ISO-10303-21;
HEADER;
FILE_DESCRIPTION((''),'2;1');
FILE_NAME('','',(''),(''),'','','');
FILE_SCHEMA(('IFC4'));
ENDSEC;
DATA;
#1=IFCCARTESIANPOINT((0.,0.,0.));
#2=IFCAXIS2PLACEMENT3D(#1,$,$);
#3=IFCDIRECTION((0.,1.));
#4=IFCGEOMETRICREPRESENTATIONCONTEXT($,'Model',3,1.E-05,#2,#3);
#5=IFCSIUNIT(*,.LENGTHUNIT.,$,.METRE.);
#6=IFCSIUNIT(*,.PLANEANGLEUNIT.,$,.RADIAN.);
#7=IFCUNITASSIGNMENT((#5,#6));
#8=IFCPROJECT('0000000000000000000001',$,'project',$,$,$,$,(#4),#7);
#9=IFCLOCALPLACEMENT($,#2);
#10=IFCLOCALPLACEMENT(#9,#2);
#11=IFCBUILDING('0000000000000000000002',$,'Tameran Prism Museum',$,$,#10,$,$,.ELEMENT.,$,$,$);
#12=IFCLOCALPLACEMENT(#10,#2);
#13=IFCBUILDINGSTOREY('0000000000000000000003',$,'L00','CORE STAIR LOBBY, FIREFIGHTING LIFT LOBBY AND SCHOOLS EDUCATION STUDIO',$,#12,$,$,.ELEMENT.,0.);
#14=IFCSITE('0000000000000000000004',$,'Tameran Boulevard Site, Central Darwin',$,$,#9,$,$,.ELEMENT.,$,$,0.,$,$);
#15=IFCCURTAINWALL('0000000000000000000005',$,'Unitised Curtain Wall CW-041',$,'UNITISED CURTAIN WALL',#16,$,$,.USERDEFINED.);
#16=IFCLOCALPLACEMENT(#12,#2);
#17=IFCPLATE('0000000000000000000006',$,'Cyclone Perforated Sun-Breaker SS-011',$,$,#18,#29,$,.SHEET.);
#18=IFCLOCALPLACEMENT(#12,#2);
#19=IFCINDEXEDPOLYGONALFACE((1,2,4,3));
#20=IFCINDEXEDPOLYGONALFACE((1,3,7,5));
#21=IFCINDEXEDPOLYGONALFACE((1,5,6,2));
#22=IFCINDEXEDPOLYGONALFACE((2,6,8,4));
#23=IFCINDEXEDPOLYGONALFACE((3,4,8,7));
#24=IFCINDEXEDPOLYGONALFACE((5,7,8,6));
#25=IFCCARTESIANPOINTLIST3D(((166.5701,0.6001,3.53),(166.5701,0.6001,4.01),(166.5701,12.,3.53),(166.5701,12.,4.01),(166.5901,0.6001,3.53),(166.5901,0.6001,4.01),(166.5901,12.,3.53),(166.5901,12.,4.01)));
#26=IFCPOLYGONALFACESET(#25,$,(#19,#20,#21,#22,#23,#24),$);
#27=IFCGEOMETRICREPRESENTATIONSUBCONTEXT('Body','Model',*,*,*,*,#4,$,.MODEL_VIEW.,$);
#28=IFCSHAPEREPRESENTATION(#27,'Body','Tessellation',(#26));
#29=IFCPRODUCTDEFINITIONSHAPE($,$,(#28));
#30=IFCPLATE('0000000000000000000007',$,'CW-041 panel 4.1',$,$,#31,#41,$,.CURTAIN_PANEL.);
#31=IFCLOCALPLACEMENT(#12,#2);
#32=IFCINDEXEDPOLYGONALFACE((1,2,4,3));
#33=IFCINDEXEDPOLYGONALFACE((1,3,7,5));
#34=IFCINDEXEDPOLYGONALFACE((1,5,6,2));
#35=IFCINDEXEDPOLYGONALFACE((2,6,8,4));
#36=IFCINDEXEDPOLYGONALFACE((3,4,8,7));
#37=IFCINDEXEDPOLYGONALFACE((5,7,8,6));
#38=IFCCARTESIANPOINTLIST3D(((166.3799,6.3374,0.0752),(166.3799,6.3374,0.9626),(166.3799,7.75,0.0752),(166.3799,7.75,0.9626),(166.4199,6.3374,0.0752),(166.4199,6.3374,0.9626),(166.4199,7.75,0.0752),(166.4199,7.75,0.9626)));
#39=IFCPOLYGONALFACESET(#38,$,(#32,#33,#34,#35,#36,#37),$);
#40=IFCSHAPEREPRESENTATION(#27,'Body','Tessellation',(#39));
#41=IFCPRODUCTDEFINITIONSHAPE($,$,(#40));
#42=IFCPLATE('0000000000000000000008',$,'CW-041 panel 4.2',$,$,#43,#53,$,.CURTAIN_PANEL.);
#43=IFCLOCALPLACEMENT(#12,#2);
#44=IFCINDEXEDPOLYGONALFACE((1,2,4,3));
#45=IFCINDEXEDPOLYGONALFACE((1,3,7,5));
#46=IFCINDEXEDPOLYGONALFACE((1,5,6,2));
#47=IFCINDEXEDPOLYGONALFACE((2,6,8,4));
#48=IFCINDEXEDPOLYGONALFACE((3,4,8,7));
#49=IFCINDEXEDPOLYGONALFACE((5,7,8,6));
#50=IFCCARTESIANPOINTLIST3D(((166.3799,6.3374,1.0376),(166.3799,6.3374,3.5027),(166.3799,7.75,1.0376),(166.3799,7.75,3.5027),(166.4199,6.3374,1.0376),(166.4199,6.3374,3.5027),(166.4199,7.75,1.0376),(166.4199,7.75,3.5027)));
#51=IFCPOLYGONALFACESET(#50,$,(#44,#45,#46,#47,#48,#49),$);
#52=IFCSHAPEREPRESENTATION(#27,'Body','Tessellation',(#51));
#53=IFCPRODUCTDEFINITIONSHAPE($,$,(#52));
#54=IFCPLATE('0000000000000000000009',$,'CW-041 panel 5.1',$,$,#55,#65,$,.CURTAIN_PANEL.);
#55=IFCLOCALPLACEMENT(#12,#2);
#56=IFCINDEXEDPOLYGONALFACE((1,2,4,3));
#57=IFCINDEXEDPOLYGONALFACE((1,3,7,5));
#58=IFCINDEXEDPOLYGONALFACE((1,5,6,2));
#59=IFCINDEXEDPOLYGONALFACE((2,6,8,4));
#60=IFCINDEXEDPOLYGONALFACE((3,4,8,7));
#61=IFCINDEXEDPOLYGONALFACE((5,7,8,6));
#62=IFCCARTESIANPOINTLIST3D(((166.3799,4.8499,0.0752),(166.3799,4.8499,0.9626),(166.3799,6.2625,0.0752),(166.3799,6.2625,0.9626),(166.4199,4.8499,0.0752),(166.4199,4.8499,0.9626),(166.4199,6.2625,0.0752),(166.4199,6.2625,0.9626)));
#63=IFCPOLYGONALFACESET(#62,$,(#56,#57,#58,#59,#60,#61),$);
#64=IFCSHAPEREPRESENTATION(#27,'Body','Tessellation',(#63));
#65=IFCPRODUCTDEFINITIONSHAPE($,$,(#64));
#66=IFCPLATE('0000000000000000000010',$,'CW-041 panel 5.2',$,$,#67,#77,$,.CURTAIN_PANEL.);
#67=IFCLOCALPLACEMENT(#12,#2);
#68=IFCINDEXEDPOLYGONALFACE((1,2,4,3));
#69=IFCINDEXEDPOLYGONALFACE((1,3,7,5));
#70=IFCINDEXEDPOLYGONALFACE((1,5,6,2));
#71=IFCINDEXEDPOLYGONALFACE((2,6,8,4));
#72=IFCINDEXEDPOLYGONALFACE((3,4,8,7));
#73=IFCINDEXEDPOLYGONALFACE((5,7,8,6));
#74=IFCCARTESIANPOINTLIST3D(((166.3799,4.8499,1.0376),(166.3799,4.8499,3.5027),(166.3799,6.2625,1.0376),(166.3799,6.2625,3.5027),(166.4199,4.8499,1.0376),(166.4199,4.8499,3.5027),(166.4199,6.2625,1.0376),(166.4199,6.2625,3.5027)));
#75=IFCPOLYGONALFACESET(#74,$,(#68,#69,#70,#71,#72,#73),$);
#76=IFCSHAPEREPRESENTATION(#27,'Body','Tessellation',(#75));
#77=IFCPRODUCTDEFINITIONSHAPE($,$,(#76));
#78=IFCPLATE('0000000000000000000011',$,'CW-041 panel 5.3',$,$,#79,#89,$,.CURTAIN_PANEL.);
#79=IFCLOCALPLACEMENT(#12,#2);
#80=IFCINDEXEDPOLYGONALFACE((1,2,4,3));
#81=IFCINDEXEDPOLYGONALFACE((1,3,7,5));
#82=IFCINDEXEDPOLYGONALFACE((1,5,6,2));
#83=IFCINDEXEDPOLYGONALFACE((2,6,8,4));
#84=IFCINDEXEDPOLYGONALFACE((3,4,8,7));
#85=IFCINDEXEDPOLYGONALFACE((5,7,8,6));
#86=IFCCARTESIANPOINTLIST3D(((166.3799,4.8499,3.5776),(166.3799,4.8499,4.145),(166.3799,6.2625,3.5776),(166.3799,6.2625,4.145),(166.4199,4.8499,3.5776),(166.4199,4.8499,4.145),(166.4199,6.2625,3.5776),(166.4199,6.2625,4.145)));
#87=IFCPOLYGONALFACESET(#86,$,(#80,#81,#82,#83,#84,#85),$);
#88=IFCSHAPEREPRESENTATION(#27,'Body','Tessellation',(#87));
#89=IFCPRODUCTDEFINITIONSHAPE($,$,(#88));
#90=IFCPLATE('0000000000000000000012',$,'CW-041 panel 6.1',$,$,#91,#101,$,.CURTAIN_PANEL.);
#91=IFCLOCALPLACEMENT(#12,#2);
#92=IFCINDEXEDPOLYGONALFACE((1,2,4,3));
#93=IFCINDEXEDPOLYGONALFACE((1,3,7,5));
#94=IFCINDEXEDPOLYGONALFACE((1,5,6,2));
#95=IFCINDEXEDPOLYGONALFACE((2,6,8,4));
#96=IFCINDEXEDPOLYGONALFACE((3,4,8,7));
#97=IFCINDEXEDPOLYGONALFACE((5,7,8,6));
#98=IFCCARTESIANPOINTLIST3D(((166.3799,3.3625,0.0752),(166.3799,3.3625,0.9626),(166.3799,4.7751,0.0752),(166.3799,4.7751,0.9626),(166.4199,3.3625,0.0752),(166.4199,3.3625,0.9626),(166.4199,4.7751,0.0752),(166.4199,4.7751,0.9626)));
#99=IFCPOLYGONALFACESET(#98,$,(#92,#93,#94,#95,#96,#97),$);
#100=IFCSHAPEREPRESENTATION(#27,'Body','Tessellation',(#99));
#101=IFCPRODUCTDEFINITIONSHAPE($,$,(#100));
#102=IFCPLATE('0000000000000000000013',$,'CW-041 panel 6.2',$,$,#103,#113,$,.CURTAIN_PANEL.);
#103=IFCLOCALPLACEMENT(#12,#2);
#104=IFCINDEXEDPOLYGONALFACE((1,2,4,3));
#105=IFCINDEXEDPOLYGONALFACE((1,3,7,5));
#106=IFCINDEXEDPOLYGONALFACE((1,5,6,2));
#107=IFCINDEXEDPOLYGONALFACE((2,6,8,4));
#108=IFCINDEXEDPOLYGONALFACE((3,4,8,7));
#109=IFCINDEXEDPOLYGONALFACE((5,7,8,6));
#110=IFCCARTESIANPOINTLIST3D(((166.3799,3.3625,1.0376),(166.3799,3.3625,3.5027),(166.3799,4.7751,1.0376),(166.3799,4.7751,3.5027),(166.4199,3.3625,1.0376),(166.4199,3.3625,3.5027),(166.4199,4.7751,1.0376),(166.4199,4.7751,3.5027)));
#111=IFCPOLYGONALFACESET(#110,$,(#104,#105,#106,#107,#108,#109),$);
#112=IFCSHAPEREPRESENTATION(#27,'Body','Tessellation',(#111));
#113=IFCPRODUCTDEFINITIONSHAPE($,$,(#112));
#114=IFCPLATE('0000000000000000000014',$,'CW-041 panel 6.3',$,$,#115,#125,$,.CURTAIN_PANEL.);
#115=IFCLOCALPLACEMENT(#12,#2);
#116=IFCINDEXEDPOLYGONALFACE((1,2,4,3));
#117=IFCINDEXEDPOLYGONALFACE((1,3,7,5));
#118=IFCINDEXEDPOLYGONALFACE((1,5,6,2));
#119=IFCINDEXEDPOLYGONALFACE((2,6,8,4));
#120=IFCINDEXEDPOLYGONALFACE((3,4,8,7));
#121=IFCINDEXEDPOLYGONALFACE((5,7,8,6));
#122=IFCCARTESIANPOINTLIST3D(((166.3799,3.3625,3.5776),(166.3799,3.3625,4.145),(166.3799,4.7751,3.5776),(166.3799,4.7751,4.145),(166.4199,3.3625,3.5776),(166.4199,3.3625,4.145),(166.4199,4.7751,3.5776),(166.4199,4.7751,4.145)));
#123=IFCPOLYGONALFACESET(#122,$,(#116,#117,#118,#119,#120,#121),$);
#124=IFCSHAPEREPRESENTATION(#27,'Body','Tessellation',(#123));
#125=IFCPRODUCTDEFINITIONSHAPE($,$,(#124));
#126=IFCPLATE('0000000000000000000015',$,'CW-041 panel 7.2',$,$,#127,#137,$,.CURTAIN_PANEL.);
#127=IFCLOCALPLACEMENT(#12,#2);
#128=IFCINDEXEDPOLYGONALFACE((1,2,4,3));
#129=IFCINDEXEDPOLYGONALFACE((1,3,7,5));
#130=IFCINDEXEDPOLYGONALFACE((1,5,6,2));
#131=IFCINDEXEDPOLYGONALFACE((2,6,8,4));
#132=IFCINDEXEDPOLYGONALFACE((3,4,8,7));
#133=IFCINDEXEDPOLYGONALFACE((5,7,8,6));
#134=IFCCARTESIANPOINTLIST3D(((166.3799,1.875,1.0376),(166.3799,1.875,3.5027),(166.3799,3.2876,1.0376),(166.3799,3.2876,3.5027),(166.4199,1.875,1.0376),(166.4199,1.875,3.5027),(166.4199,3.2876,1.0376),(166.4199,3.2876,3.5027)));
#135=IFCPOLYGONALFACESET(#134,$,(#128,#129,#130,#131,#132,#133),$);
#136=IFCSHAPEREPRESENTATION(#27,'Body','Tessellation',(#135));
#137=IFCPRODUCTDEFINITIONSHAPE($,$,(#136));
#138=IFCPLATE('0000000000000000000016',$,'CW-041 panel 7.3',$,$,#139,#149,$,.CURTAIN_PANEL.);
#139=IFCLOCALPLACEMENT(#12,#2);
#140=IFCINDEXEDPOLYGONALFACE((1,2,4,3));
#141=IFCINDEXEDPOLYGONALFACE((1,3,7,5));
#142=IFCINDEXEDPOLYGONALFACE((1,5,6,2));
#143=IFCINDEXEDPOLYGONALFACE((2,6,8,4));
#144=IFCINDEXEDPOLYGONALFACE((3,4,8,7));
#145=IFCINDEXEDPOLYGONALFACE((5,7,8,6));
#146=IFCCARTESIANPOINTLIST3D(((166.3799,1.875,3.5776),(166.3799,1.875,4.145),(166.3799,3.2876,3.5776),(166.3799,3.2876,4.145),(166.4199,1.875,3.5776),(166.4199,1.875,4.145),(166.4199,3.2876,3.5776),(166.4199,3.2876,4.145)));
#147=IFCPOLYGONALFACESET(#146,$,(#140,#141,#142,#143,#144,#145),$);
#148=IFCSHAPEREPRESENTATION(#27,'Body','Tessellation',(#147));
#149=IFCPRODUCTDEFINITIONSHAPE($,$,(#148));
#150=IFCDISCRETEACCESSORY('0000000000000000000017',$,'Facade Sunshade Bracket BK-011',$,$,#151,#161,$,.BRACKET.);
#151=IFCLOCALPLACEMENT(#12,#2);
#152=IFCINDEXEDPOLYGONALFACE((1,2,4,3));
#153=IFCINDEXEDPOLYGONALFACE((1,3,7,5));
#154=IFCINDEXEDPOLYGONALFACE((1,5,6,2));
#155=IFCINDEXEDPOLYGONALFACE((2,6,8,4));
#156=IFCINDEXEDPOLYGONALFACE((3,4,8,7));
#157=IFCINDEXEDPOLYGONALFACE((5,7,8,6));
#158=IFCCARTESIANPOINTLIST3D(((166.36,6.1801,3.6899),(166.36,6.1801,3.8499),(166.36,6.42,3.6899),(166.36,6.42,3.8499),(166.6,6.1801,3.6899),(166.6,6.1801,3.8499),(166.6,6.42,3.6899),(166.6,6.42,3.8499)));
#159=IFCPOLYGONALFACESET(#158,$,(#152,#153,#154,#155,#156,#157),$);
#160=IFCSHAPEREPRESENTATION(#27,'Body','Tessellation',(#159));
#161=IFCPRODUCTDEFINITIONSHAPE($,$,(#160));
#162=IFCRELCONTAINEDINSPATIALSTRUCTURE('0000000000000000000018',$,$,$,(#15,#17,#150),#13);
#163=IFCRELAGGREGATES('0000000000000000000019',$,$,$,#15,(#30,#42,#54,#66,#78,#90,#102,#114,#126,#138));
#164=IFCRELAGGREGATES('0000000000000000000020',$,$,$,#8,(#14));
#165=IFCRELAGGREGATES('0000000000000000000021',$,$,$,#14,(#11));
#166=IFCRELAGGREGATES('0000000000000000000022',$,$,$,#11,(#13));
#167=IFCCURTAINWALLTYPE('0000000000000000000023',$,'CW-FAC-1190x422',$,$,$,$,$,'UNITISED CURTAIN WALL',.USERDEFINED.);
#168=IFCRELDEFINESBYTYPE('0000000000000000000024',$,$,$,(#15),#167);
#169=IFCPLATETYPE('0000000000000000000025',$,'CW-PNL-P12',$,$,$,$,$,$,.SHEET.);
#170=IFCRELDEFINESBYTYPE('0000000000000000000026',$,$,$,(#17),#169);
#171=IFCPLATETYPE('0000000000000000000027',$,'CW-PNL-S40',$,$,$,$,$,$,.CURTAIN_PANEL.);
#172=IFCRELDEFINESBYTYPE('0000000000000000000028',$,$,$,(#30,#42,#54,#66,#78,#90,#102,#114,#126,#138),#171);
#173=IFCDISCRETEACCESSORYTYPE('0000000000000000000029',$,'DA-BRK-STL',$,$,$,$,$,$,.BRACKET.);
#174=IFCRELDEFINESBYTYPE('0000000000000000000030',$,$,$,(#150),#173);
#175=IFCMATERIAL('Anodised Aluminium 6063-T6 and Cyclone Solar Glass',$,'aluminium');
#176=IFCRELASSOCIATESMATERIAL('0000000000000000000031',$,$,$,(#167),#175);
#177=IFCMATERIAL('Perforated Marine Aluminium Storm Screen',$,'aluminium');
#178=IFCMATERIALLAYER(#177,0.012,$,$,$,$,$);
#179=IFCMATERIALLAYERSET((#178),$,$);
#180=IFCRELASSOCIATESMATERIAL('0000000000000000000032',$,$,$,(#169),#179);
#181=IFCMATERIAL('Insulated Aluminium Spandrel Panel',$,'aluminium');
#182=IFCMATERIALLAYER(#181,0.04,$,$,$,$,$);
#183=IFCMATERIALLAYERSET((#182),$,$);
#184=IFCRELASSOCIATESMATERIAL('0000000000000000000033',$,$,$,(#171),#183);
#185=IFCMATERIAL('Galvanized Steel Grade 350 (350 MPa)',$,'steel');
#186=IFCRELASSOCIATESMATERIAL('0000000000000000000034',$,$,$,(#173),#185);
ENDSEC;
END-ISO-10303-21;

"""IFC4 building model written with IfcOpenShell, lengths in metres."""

from ifc_helpers import new_model, si_unit, direction, frame, origin, origin_2d, place, context, subcontext, project, spatial, rectangle, extrude, material, layer, layer_set, type_object, element, aggregate, save


model = new_model("IFC4")

# Units and contexts
model_context = context("Model", 3, precision=1e-05, world=origin(), true_north=direction((0.0, 1.0)))
body_context = subcontext(model_context, "Body", "Model", "MODEL_VIEW")
ifc_project = project(units=[si_unit("LENGTHUNIT", "METRE"), si_unit("PLANEANGLEUNIT", "RADIAN")], contexts=[model_context])

# Site, building, storey
site_placement = place(None, origin())
site = spatial("IfcSite", under=ifc_project, at=site_placement, Name="Tameran Boulevard Site, Central Darwin", CompositionType="ELEMENT", RefElevation=0.0)
building_placement = place(site_placement, origin())
building = spatial("IfcBuilding", under=site, at=building_placement, Name="Tameran Prism Museum", CompositionType="ELEMENT")
storey_placement = place(building_placement, origin())
storey = spatial("IfcBuildingStorey", under=building, at=storey_placement, Name="L00", Description="CORE STAIR LOBBY, FIREFIGHTING LIFT LOBBY AND SCHOOLS EDUCATION STUDIO", CompositionType="ELEMENT", Elevation=0.0)

# Curtain wall
ifc_material_1 = material(Name="Anodised Aluminium 6063-T6 and Cyclone Solar Glass", Category="aluminium")
curtain_wall_type = type_object("IfcCurtainWallType", Name="CW-FAC-1190x422", ElementType="UNITISED CURTAIN WALL", PredefinedType="USERDEFINED", material=ifc_material_1)
curtain_wall_placement = place(storey_placement, origin())
curtain_wall = element("IfcCurtainWall", 1, at=curtain_wall_placement, inside=storey, type_object=curtain_wall_type, Name="Unitised Curtain Wall CW-041", ObjectType="UNITISED CURTAIN WALL", PredefinedType="USERDEFINED")

# Plates
ifc_material_2 = material(Name="Perforated Marine Aluminium Storm Screen", Category="aluminium")
ifc_layer_1 = layer(ifc_material_2, 0.012)
ifc_layer_set_1 = layer_set([ifc_layer_1])
plate_type_1 = type_object("IfcPlateType", Name="CW-PNL-P12", PredefinedType="SHEET", material=ifc_layer_set_1)
plate_1_placement = place(storey_placement, frame((166.5801, 6.3, 3.53), z_axis=(0.0, 0.0, 1.0), x_axis=(0.0, -1.0, 0.0)))
element("IfcPlate", 2, at=plate_1_placement, inside=storey, type_object=plate_type_1, Name="Cyclone Perforated Sun-Breaker SS-011", PredefinedType="SHEET", context=body_context, shape_type="SweptSolid", body=[
    extrude(rectangle(XDim=11.3999, YDim=0.02, at=origin_2d()), origin(), (0.0, 0.0, 1.0), 0.48),
])
ifc_material_3 = material(Name="Insulated Aluminium Spandrel Panel", Category="aluminium")
ifc_layer_2 = layer(ifc_material_3, 0.04)
ifc_layer_set_2 = layer_set([ifc_layer_2])
plate_type_2 = type_object("IfcPlateType", Name="CW-PNL-S40", PredefinedType="CURTAIN_PANEL", material=ifc_layer_set_2)
plate_2_placement = place(storey_placement, frame((166.3999, 7.0437, 0.0752), z_axis=(0.0, 0.0, 1.0), x_axis=(0.0, -1.0, 0.0)))
plate_2 = element("IfcPlate", 3, at=plate_2_placement, type_object=plate_type_2, Name="CW-041 panel 4.1", PredefinedType="CURTAIN_PANEL", context=body_context, shape_type="SweptSolid", body=[
    extrude(rectangle(XDim=1.4126, YDim=0.04, at=origin_2d()), origin(), (0.0, 0.0, 1.0), 0.8875),
])
plate_3_placement = place(storey_placement, frame((166.3999, 7.0437, 1.0376), z_axis=(0.0, 0.0, 1.0), x_axis=(0.0, -1.0, 0.0)))
plate_3 = element("IfcPlate", 4, at=plate_3_placement, type_object=plate_type_2, Name="CW-041 panel 4.2", PredefinedType="CURTAIN_PANEL", context=body_context, shape_type="SweptSolid", body=[
    extrude(rectangle(XDim=1.4126, YDim=0.04, at=origin_2d()), origin(), (0.0, 0.0, 1.0), 2.4651),
])
plate_4_placement = place(storey_placement, frame((166.3999, 5.5562, 0.0752), z_axis=(0.0, 0.0, 1.0), x_axis=(0.0, -1.0, 0.0)))
plate_4 = element("IfcPlate", 5, at=plate_4_placement, type_object=plate_type_2, Name="CW-041 panel 5.1", PredefinedType="CURTAIN_PANEL", context=body_context, shape_type="SweptSolid", body=[
    extrude(rectangle(XDim=1.4126, YDim=0.04, at=origin_2d()), origin(), (0.0, 0.0, 1.0), 0.8875),
])
plate_5_placement = place(storey_placement, frame((166.3999, 5.5562, 1.0376), z_axis=(0.0, 0.0, 1.0), x_axis=(0.0, -1.0, 0.0)))
plate_5 = element("IfcPlate", 6, at=plate_5_placement, type_object=plate_type_2, Name="CW-041 panel 5.2", PredefinedType="CURTAIN_PANEL", context=body_context, shape_type="SweptSolid", body=[
    extrude(rectangle(XDim=1.4126, YDim=0.04, at=origin_2d()), origin(), (0.0, 0.0, 1.0), 2.4651),
])
plate_6_placement = place(storey_placement, frame((166.3999, 5.5562, 3.5776), z_axis=(0.0, 0.0, 1.0), x_axis=(0.0, -1.0, 0.0)))
plate_6 = element("IfcPlate", 7, at=plate_6_placement, type_object=plate_type_2, Name="CW-041 panel 5.3", PredefinedType="CURTAIN_PANEL", context=body_context, shape_type="SweptSolid", body=[
    extrude(rectangle(XDim=1.4126, YDim=0.04, at=origin_2d()), origin(), (0.0, 0.0, 1.0), 0.5674),
])
plate_7_placement = place(storey_placement, frame((166.3999, 4.0688, 0.0752), z_axis=(0.0, 0.0, 1.0), x_axis=(0.0, -1.0, 0.0)))
plate_7 = element("IfcPlate", 8, at=plate_7_placement, type_object=plate_type_2, Name="CW-041 panel 6.1", PredefinedType="CURTAIN_PANEL", context=body_context, shape_type="SweptSolid", body=[
    extrude(rectangle(XDim=1.4126, YDim=0.04, at=origin_2d()), origin(), (0.0, 0.0, 1.0), 0.8875),
])
plate_8_placement = place(storey_placement, frame((166.3999, 4.0688, 1.0376), z_axis=(0.0, 0.0, 1.0), x_axis=(0.0, -1.0, 0.0)))
plate_8 = element("IfcPlate", 9, at=plate_8_placement, type_object=plate_type_2, Name="CW-041 panel 6.2", PredefinedType="CURTAIN_PANEL", context=body_context, shape_type="SweptSolid", body=[
    extrude(rectangle(XDim=1.4126, YDim=0.04, at=origin_2d()), origin(), (0.0, 0.0, 1.0), 2.4651),
])
plate_9_placement = place(storey_placement, frame((166.3999, 4.0688, 3.5776), z_axis=(0.0, 0.0, 1.0), x_axis=(0.0, -1.0, 0.0)))
plate_9 = element("IfcPlate", 10, at=plate_9_placement, type_object=plate_type_2, Name="CW-041 panel 6.3", PredefinedType="CURTAIN_PANEL", context=body_context, shape_type="SweptSolid", body=[
    extrude(rectangle(XDim=1.4126, YDim=0.04, at=origin_2d()), origin(), (0.0, 0.0, 1.0), 0.5674),
])
plate_10_placement = place(storey_placement, frame((166.3999, 2.5813, 1.0376), z_axis=(0.0, 0.0, 1.0), x_axis=(0.0, -1.0, 0.0)))
plate_10 = element("IfcPlate", 11, at=plate_10_placement, type_object=plate_type_2, Name="CW-041 panel 7.2", PredefinedType="CURTAIN_PANEL", context=body_context, shape_type="SweptSolid", body=[
    extrude(rectangle(XDim=1.4126, YDim=0.04, at=origin_2d()), origin(), (0.0, 0.0, 1.0), 2.4651),
])
plate_11_placement = place(storey_placement, frame((166.3999, 2.5813, 3.5776), z_axis=(0.0, 0.0, 1.0), x_axis=(0.0, -1.0, 0.0)))
plate_11 = element("IfcPlate", 12, at=plate_11_placement, type_object=plate_type_2, Name="CW-041 panel 7.3", PredefinedType="CURTAIN_PANEL", context=body_context, shape_type="SweptSolid", body=[
    extrude(rectangle(XDim=1.4126, YDim=0.04, at=origin_2d()), origin(), (0.0, 0.0, 1.0), 0.5674),
])
aggregate(curtain_wall, [plate_2, plate_3, plate_4, plate_5, plate_6, plate_7, plate_8, plate_9, plate_10, plate_11])

# Discrete accessory
ifc_material_4 = material(Name="Galvanized Steel Grade 350 (350 MPa)", Category="steel")
discrete_accessory_type = type_object("IfcDiscreteAccessoryType", Name="DA-BRK-STL", PredefinedType="BRACKET", material=ifc_material_4)
discrete_accessory_placement = place(storey_placement, frame((166.48, 6.3, 3.6899), z_axis=(0.0, 0.0, 1.0), x_axis=(0.0, -1.0, 0.0)))
element("IfcDiscreteAccessory", 13, at=discrete_accessory_placement, inside=storey, type_object=discrete_accessory_type, Name="Facade Sunshade Bracket BK-011", PredefinedType="BRACKET", context=body_context, shape_type="SweptSolid", body=[
    extrude(rectangle(XDim=0.24, YDim=0.24, at=origin_2d()), origin(), (0.0, 0.0, 1.0), 0.1599),
])

save(model, "model.ifc")
